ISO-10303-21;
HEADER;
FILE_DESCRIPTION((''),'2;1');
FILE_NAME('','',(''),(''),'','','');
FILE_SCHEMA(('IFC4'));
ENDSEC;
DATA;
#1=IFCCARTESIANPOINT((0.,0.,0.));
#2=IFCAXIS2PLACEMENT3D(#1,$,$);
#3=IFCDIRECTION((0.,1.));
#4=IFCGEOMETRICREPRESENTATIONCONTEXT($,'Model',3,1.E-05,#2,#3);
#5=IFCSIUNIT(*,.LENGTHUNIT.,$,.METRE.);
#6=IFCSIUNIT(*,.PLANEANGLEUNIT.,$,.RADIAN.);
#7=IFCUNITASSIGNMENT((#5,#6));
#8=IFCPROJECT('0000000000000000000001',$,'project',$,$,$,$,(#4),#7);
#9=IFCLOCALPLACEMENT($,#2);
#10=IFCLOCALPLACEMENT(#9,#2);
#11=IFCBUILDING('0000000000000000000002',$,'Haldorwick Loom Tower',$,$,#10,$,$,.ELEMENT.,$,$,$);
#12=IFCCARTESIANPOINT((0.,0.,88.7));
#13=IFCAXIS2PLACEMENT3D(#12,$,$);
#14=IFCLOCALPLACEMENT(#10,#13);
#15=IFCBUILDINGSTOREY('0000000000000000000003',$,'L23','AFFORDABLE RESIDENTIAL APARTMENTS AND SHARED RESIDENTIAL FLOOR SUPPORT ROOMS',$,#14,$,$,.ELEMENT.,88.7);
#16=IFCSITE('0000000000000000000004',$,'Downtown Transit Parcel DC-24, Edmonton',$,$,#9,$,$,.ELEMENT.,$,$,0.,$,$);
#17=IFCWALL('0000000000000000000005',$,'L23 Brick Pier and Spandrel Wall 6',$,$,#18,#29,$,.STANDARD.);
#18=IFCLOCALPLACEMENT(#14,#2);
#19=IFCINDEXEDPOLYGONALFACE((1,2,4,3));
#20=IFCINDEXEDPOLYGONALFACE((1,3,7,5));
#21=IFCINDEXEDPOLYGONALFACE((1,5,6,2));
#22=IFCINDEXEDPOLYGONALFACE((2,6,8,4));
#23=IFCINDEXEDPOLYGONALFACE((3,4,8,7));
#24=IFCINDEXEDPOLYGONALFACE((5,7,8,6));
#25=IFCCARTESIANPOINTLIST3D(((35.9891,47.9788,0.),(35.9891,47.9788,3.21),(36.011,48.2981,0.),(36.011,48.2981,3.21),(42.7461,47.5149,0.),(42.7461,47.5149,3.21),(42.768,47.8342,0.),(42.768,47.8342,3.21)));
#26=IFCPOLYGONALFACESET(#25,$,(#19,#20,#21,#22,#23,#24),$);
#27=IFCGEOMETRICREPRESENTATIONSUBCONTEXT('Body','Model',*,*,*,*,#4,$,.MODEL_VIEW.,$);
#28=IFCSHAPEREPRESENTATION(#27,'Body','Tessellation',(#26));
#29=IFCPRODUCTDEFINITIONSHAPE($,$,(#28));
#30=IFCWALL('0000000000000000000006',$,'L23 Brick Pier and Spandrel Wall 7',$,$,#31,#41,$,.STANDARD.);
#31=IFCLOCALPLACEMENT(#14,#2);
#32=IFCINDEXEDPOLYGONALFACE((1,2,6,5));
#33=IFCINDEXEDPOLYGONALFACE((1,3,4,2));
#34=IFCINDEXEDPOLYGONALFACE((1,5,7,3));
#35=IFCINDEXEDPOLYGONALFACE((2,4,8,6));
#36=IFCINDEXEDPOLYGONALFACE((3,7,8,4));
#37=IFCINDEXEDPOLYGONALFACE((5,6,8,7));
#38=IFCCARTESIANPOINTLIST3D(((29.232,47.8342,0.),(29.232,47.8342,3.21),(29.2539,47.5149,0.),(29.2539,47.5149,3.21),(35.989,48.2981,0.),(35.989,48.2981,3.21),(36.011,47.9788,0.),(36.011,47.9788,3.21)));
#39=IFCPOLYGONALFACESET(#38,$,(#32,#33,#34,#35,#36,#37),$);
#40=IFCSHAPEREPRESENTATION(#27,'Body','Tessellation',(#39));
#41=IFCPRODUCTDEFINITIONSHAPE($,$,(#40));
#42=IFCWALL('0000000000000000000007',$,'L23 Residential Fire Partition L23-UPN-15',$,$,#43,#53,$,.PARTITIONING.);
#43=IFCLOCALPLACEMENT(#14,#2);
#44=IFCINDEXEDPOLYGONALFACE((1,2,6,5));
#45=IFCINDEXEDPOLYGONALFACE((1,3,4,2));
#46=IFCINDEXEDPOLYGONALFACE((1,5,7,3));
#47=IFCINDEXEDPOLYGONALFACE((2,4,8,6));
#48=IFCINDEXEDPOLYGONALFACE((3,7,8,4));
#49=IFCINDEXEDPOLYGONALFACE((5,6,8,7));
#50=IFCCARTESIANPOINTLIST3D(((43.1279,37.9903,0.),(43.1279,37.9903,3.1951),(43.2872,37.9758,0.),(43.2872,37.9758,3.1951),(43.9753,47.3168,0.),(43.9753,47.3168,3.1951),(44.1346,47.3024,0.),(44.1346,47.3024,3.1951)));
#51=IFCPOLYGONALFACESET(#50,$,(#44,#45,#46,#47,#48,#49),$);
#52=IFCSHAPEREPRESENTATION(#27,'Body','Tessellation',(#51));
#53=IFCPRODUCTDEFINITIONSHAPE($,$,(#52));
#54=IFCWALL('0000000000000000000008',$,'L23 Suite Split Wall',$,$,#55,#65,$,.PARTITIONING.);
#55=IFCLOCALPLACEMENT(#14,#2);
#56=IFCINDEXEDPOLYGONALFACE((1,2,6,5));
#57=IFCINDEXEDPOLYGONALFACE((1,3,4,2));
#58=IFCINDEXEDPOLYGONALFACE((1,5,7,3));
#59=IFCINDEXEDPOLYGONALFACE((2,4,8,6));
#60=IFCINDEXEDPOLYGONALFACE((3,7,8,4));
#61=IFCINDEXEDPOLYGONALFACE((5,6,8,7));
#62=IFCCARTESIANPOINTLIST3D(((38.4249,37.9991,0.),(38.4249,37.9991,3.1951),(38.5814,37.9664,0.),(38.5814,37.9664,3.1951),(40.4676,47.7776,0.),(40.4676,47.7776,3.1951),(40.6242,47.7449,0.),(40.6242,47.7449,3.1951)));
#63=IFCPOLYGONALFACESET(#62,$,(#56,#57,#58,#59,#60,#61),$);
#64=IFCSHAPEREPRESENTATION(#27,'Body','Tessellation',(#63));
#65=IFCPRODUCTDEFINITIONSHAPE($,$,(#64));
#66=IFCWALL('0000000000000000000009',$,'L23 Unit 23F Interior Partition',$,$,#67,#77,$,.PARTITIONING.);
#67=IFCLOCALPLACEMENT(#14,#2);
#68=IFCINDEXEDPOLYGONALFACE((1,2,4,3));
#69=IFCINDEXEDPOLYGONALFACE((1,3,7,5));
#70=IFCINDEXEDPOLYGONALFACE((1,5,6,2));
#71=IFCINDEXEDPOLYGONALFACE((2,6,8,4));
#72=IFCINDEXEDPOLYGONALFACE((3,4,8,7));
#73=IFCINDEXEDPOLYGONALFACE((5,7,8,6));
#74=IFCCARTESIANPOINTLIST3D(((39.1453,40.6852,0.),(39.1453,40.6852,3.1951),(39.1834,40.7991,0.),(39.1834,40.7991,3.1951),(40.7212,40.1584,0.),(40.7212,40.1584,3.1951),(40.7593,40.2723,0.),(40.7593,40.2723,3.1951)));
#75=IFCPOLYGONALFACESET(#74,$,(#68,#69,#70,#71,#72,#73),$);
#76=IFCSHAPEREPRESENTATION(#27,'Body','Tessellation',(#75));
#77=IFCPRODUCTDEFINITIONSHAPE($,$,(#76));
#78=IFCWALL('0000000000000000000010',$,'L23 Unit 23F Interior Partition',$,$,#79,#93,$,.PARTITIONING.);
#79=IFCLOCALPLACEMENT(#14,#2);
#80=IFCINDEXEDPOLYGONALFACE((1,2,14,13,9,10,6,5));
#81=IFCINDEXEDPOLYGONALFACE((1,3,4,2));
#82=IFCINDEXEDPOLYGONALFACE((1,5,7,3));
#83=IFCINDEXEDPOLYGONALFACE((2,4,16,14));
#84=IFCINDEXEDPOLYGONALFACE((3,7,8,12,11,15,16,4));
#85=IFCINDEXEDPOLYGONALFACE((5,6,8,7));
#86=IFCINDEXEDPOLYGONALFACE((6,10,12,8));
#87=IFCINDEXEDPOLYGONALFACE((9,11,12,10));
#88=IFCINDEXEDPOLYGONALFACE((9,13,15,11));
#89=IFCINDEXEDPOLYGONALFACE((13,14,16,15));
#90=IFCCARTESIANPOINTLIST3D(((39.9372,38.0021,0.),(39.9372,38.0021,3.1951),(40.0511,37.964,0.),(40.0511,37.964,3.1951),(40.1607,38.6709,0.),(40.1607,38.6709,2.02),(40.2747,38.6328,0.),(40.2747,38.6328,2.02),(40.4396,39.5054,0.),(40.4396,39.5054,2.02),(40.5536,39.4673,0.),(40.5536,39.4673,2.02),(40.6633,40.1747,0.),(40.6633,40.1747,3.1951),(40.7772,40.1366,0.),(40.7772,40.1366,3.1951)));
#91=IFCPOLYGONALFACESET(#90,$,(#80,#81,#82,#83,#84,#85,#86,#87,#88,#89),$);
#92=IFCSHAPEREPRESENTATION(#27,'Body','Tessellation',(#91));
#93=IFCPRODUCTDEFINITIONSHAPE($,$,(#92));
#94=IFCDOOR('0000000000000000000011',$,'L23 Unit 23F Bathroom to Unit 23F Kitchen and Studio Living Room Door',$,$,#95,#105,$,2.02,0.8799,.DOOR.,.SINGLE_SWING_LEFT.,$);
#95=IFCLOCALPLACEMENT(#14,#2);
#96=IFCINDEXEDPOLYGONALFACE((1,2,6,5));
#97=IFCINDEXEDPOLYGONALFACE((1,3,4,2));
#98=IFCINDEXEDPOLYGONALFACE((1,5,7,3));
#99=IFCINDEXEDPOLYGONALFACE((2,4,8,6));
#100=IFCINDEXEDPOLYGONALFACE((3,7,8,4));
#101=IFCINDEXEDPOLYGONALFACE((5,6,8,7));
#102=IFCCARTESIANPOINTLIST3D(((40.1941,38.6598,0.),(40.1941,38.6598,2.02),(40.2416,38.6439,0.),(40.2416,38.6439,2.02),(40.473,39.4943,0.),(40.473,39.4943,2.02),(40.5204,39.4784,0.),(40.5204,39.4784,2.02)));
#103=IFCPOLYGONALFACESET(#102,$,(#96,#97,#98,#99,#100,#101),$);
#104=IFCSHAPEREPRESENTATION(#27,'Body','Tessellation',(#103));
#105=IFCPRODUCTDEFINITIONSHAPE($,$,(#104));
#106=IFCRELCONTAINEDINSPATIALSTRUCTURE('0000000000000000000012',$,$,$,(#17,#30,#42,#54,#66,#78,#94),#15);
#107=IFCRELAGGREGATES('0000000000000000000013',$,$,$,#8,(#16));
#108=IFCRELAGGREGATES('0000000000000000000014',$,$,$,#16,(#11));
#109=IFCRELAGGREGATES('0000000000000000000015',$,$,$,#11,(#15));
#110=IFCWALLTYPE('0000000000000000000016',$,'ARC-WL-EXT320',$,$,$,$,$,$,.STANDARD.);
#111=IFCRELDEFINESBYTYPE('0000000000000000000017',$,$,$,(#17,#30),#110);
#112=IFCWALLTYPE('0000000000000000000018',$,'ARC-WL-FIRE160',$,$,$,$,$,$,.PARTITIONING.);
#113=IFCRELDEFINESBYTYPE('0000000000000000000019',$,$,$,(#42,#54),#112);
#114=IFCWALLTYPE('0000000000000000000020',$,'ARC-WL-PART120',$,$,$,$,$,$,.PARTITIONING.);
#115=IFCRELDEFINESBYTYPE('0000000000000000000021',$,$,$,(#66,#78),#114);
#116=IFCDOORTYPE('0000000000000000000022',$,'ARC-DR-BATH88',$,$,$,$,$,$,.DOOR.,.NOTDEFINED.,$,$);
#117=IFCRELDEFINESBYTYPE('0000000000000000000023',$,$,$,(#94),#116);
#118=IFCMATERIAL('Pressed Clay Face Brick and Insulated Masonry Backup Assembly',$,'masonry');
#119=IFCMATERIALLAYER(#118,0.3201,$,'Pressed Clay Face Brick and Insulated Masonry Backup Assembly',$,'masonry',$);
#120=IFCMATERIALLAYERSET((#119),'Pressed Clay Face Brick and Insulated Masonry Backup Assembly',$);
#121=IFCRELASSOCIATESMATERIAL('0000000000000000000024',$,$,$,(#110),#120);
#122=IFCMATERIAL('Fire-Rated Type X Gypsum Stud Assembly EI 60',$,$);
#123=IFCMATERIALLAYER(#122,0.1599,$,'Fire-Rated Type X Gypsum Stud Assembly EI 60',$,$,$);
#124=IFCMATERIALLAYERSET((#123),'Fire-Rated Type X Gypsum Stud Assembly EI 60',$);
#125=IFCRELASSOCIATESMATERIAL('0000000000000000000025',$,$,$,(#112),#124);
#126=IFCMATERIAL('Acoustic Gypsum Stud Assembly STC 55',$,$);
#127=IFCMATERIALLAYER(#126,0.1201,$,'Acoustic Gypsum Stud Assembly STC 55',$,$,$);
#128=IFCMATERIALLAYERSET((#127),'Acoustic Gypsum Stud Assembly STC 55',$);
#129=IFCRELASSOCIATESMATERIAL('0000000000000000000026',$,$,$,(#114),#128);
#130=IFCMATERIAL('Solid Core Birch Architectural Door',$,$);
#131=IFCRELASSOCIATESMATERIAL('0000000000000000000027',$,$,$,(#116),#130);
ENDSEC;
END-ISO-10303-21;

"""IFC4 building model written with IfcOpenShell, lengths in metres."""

from ifc_helpers import new_model, si_unit, direction, frame, frame_2d, origin, place, context, subcontext, project, spatial, rectangle, extrude, material, layer, layer_set, type_object, element, fill, save


model = new_model("IFC4")

# Units and contexts
model_context = context("Model", 3, precision=1e-05, world=origin(), true_north=direction((0.0, 1.0)))
body_context = subcontext(model_context, "Body", "Model", "MODEL_VIEW")
ifc_project = project(units=[si_unit("LENGTHUNIT", "METRE"), si_unit("PLANEANGLEUNIT", "RADIAN")], contexts=[model_context])

# Site, building, storey
site_placement = place(None, origin())
site = spatial("IfcSite", under=ifc_project, at=site_placement, Name="Downtown Transit Parcel DC-24, Edmonton", CompositionType="ELEMENT", RefElevation=0.0)
building_placement = place(site_placement, origin())
building = spatial("IfcBuilding", under=site, at=building_placement, Name="Haldorwick Loom Tower", CompositionType="ELEMENT")
storey_placement = place(building_placement, frame((0.0, 0.0, 88.7)))
storey = spatial("IfcBuildingStorey", under=building, at=storey_placement, Name="L23", Description="AFFORDABLE RESIDENTIAL APARTMENTS AND SHARED RESIDENTIAL FLOOR SUPPORT ROOMS", CompositionType="ELEMENT", Elevation=88.7)

# Walls
ifc_material_1 = material(Name="Pressed Clay Face Brick and Insulated Masonry Backup Assembly", Category="masonry")
ifc_layer_1 = layer(ifc_material_1, 0.3201, Name="Pressed Clay Face Brick and Insulated Masonry Backup Assembly", Category="masonry")
ifc_layer_set_1 = layer_set([ifc_layer_1], Name="Pressed Clay Face Brick and Insulated Masonry Backup Assembly")
wall_type_1 = type_object("IfcWallType", Name="ARC-WL-EXT320", PredefinedType="STANDARD", material=ifc_layer_set_1)
for number, where, z_axis, x_axis, name in (
    (1, (42.7571, 47.6746, 0.0), (0.0, 0.0, 1.0), (-0.997652, 0.068488, 0.0), "L23 Brick Pier and Spandrel Wall 6"),
    (2, (36.0, 48.1384, 0.0), (0.0, 0.0, 1.0), (-0.997652, -0.068488, 0.0), "L23 Brick Pier and Spandrel Wall 7"),
):
    element("IfcWall", number, at=place(storey_placement, frame(where, z_axis=z_axis, x_axis=x_axis)), inside=storey, type_object=wall_type_1, Name=name, PredefinedType="STANDARD", context=body_context, shape_type="SweptSolid", body=[
        extrude(rectangle(XDim=6.7729, YDim=0.3201, at=frame_2d((3.3865, 0.0))), origin(), (0.0, 0.0, 1.0), 3.21),
    ])
ifc_material_2 = material(Name="Fire-Rated Type X Gypsum Stud Assembly EI 60")
ifc_layer_2 = layer(ifc_material_2, 0.1599, Name="Fire-Rated Type X Gypsum Stud Assembly EI 60")
ifc_layer_set_2 = layer_set([ifc_layer_2], Name="Fire-Rated Type X Gypsum Stud Assembly EI 60")
wall_type_2 = type_object("IfcWallType", Name="ARC-WL-FIRE160", PredefinedType="PARTITIONING", material=ifc_layer_set_2)
wall_1_placement = place(storey_placement, frame((43.2075, 37.9829, 0.0), z_axis=(0.0, 0.0, 1.0), x_axis=(0.090486, 0.995898, 0.0)))
element("IfcWall", 3, at=wall_1_placement, inside=storey, type_object=wall_type_2, Name="L23 Residential Fire Partition L23-UPN-15", PredefinedType="PARTITIONING", context=body_context, shape_type="SweptSolid", body=[
    extrude(rectangle(XDim=9.365, YDim=0.1599, at=frame_2d((4.6826, 0.0))), origin(), (0.0, 0.0, 1.0), 3.1951),
])
wall_2_placement = place(storey_placement, frame((38.5032, 37.9829, 0.0), z_axis=(0.0, 0.0, 1.0), x_axis=(0.204489, 0.978869, 0.0)))
element("IfcWall", 4, at=wall_2_placement, inside=storey, type_object=wall_type_2, Name="L23 Suite Split Wall", PredefinedType="PARTITIONING", context=body_context, shape_type="SweptSolid", body=[
    extrude(rectangle(XDim=9.9895, YDim=0.1599, at=frame_2d((4.9946, 0.0))), origin(), (0.0, 0.0, 1.0), 3.1951),
])
ifc_material_3 = material(Name="Acoustic Gypsum Stud Assembly STC 55")
ifc_layer_3 = layer(ifc_material_3, 0.1201, Name="Acoustic Gypsum Stud Assembly STC 55")
ifc_layer_set_3 = layer_set([ifc_layer_3], Name="Acoustic Gypsum Stud Assembly STC 55")
wall_type_3 = type_object("IfcWallType", Name="ARC-WL-PART120", PredefinedType="PARTITIONING", material=ifc_layer_set_3)
wall_3_placement = place(storey_placement, frame((40.7402, 40.2153, 0.0), z_axis=(0.0, 0.0, 1.0), x_axis=(-0.948404, 0.317065, 0.0)))
element("IfcWall", 5, at=wall_3_placement, inside=storey, type_object=wall_type_3, Name="L23 Unit 23F Interior Partition", PredefinedType="PARTITIONING", context=body_context, shape_type="SweptSolid", body=[
    extrude(rectangle(XDim=1.6616, YDim=0.1201, at=frame_2d((0.8308, 0.0))), origin(), (0.0, 0.0, 1.0), 3.1951),
])

# Wall, opening, door
wall_4_placement = place(storey_placement, frame((39.9941, 37.9829, 0.0), z_axis=(0.0, 0.0, 1.0), x_axis=(0.316963, 0.948438, 0.0)))
wall_4 = element("IfcWall", 6, at=wall_4_placement, inside=storey, type_object=wall_type_3, Name="L23 Unit 23F Interior Partition", PredefinedType="PARTITIONING", context=body_context, shape_type="SweptSolid", body=[
    extrude(rectangle(XDim=2.2908, YDim=0.1201, at=frame_2d((1.1455, 0.0))), origin(), (0.0, 0.0, 1.0), 3.1951),
])
opening_placement = place(wall_4_placement, frame((0.7053, 0.0, 0.0)))
opening = element("IfcOpeningElement", 7, at=opening_placement, cuts=wall_4, PredefinedType="OPENING", context=body_context, shape_type="SweptSolid", body=[
    extrude(rectangle(XDim=0.8799, YDim=2.02, at=frame_2d((0.4399, 1.01))), frame((0.0, 0.0701, 0.0), z_axis=(0.0, -1.0, 0.0), x_axis=(1.0, 0.0, 0.0)), (0.0, 0.0, 1.0), 0.1401),
])
ifc_material_4 = material(Name="Solid Core Birch Architectural Door")
door_type = type_object("IfcDoorType", Name="ARC-DR-BATH88", OperationType="NOTDEFINED", PredefinedType="DOOR", material=ifc_material_4)
door_placement = place(opening_placement, origin())
door = element("IfcDoor", 8, at=door_placement, inside=storey, type_object=door_type, Name="L23 Unit 23F Bathroom to Unit 23F Kitchen and Studio Living Room Door", OperationType="SINGLE_SWING_LEFT", OverallHeight=2.02, OverallWidth=0.8799, PredefinedType="DOOR", context=body_context, shape_type="SweptSolid", body=[
    extrude(rectangle(XDim=0.8799, YDim=2.02, at=frame_2d((0.4399, 1.01))), frame((0.0, 0.0249, 0.0), z_axis=(0.0, -1.0, 0.0), x_axis=(1.0, 0.0, 0.0)), (0.0, 0.0, 1.0), 0.05),
])
fill(opening, door)

save(model, "model.ifc")
